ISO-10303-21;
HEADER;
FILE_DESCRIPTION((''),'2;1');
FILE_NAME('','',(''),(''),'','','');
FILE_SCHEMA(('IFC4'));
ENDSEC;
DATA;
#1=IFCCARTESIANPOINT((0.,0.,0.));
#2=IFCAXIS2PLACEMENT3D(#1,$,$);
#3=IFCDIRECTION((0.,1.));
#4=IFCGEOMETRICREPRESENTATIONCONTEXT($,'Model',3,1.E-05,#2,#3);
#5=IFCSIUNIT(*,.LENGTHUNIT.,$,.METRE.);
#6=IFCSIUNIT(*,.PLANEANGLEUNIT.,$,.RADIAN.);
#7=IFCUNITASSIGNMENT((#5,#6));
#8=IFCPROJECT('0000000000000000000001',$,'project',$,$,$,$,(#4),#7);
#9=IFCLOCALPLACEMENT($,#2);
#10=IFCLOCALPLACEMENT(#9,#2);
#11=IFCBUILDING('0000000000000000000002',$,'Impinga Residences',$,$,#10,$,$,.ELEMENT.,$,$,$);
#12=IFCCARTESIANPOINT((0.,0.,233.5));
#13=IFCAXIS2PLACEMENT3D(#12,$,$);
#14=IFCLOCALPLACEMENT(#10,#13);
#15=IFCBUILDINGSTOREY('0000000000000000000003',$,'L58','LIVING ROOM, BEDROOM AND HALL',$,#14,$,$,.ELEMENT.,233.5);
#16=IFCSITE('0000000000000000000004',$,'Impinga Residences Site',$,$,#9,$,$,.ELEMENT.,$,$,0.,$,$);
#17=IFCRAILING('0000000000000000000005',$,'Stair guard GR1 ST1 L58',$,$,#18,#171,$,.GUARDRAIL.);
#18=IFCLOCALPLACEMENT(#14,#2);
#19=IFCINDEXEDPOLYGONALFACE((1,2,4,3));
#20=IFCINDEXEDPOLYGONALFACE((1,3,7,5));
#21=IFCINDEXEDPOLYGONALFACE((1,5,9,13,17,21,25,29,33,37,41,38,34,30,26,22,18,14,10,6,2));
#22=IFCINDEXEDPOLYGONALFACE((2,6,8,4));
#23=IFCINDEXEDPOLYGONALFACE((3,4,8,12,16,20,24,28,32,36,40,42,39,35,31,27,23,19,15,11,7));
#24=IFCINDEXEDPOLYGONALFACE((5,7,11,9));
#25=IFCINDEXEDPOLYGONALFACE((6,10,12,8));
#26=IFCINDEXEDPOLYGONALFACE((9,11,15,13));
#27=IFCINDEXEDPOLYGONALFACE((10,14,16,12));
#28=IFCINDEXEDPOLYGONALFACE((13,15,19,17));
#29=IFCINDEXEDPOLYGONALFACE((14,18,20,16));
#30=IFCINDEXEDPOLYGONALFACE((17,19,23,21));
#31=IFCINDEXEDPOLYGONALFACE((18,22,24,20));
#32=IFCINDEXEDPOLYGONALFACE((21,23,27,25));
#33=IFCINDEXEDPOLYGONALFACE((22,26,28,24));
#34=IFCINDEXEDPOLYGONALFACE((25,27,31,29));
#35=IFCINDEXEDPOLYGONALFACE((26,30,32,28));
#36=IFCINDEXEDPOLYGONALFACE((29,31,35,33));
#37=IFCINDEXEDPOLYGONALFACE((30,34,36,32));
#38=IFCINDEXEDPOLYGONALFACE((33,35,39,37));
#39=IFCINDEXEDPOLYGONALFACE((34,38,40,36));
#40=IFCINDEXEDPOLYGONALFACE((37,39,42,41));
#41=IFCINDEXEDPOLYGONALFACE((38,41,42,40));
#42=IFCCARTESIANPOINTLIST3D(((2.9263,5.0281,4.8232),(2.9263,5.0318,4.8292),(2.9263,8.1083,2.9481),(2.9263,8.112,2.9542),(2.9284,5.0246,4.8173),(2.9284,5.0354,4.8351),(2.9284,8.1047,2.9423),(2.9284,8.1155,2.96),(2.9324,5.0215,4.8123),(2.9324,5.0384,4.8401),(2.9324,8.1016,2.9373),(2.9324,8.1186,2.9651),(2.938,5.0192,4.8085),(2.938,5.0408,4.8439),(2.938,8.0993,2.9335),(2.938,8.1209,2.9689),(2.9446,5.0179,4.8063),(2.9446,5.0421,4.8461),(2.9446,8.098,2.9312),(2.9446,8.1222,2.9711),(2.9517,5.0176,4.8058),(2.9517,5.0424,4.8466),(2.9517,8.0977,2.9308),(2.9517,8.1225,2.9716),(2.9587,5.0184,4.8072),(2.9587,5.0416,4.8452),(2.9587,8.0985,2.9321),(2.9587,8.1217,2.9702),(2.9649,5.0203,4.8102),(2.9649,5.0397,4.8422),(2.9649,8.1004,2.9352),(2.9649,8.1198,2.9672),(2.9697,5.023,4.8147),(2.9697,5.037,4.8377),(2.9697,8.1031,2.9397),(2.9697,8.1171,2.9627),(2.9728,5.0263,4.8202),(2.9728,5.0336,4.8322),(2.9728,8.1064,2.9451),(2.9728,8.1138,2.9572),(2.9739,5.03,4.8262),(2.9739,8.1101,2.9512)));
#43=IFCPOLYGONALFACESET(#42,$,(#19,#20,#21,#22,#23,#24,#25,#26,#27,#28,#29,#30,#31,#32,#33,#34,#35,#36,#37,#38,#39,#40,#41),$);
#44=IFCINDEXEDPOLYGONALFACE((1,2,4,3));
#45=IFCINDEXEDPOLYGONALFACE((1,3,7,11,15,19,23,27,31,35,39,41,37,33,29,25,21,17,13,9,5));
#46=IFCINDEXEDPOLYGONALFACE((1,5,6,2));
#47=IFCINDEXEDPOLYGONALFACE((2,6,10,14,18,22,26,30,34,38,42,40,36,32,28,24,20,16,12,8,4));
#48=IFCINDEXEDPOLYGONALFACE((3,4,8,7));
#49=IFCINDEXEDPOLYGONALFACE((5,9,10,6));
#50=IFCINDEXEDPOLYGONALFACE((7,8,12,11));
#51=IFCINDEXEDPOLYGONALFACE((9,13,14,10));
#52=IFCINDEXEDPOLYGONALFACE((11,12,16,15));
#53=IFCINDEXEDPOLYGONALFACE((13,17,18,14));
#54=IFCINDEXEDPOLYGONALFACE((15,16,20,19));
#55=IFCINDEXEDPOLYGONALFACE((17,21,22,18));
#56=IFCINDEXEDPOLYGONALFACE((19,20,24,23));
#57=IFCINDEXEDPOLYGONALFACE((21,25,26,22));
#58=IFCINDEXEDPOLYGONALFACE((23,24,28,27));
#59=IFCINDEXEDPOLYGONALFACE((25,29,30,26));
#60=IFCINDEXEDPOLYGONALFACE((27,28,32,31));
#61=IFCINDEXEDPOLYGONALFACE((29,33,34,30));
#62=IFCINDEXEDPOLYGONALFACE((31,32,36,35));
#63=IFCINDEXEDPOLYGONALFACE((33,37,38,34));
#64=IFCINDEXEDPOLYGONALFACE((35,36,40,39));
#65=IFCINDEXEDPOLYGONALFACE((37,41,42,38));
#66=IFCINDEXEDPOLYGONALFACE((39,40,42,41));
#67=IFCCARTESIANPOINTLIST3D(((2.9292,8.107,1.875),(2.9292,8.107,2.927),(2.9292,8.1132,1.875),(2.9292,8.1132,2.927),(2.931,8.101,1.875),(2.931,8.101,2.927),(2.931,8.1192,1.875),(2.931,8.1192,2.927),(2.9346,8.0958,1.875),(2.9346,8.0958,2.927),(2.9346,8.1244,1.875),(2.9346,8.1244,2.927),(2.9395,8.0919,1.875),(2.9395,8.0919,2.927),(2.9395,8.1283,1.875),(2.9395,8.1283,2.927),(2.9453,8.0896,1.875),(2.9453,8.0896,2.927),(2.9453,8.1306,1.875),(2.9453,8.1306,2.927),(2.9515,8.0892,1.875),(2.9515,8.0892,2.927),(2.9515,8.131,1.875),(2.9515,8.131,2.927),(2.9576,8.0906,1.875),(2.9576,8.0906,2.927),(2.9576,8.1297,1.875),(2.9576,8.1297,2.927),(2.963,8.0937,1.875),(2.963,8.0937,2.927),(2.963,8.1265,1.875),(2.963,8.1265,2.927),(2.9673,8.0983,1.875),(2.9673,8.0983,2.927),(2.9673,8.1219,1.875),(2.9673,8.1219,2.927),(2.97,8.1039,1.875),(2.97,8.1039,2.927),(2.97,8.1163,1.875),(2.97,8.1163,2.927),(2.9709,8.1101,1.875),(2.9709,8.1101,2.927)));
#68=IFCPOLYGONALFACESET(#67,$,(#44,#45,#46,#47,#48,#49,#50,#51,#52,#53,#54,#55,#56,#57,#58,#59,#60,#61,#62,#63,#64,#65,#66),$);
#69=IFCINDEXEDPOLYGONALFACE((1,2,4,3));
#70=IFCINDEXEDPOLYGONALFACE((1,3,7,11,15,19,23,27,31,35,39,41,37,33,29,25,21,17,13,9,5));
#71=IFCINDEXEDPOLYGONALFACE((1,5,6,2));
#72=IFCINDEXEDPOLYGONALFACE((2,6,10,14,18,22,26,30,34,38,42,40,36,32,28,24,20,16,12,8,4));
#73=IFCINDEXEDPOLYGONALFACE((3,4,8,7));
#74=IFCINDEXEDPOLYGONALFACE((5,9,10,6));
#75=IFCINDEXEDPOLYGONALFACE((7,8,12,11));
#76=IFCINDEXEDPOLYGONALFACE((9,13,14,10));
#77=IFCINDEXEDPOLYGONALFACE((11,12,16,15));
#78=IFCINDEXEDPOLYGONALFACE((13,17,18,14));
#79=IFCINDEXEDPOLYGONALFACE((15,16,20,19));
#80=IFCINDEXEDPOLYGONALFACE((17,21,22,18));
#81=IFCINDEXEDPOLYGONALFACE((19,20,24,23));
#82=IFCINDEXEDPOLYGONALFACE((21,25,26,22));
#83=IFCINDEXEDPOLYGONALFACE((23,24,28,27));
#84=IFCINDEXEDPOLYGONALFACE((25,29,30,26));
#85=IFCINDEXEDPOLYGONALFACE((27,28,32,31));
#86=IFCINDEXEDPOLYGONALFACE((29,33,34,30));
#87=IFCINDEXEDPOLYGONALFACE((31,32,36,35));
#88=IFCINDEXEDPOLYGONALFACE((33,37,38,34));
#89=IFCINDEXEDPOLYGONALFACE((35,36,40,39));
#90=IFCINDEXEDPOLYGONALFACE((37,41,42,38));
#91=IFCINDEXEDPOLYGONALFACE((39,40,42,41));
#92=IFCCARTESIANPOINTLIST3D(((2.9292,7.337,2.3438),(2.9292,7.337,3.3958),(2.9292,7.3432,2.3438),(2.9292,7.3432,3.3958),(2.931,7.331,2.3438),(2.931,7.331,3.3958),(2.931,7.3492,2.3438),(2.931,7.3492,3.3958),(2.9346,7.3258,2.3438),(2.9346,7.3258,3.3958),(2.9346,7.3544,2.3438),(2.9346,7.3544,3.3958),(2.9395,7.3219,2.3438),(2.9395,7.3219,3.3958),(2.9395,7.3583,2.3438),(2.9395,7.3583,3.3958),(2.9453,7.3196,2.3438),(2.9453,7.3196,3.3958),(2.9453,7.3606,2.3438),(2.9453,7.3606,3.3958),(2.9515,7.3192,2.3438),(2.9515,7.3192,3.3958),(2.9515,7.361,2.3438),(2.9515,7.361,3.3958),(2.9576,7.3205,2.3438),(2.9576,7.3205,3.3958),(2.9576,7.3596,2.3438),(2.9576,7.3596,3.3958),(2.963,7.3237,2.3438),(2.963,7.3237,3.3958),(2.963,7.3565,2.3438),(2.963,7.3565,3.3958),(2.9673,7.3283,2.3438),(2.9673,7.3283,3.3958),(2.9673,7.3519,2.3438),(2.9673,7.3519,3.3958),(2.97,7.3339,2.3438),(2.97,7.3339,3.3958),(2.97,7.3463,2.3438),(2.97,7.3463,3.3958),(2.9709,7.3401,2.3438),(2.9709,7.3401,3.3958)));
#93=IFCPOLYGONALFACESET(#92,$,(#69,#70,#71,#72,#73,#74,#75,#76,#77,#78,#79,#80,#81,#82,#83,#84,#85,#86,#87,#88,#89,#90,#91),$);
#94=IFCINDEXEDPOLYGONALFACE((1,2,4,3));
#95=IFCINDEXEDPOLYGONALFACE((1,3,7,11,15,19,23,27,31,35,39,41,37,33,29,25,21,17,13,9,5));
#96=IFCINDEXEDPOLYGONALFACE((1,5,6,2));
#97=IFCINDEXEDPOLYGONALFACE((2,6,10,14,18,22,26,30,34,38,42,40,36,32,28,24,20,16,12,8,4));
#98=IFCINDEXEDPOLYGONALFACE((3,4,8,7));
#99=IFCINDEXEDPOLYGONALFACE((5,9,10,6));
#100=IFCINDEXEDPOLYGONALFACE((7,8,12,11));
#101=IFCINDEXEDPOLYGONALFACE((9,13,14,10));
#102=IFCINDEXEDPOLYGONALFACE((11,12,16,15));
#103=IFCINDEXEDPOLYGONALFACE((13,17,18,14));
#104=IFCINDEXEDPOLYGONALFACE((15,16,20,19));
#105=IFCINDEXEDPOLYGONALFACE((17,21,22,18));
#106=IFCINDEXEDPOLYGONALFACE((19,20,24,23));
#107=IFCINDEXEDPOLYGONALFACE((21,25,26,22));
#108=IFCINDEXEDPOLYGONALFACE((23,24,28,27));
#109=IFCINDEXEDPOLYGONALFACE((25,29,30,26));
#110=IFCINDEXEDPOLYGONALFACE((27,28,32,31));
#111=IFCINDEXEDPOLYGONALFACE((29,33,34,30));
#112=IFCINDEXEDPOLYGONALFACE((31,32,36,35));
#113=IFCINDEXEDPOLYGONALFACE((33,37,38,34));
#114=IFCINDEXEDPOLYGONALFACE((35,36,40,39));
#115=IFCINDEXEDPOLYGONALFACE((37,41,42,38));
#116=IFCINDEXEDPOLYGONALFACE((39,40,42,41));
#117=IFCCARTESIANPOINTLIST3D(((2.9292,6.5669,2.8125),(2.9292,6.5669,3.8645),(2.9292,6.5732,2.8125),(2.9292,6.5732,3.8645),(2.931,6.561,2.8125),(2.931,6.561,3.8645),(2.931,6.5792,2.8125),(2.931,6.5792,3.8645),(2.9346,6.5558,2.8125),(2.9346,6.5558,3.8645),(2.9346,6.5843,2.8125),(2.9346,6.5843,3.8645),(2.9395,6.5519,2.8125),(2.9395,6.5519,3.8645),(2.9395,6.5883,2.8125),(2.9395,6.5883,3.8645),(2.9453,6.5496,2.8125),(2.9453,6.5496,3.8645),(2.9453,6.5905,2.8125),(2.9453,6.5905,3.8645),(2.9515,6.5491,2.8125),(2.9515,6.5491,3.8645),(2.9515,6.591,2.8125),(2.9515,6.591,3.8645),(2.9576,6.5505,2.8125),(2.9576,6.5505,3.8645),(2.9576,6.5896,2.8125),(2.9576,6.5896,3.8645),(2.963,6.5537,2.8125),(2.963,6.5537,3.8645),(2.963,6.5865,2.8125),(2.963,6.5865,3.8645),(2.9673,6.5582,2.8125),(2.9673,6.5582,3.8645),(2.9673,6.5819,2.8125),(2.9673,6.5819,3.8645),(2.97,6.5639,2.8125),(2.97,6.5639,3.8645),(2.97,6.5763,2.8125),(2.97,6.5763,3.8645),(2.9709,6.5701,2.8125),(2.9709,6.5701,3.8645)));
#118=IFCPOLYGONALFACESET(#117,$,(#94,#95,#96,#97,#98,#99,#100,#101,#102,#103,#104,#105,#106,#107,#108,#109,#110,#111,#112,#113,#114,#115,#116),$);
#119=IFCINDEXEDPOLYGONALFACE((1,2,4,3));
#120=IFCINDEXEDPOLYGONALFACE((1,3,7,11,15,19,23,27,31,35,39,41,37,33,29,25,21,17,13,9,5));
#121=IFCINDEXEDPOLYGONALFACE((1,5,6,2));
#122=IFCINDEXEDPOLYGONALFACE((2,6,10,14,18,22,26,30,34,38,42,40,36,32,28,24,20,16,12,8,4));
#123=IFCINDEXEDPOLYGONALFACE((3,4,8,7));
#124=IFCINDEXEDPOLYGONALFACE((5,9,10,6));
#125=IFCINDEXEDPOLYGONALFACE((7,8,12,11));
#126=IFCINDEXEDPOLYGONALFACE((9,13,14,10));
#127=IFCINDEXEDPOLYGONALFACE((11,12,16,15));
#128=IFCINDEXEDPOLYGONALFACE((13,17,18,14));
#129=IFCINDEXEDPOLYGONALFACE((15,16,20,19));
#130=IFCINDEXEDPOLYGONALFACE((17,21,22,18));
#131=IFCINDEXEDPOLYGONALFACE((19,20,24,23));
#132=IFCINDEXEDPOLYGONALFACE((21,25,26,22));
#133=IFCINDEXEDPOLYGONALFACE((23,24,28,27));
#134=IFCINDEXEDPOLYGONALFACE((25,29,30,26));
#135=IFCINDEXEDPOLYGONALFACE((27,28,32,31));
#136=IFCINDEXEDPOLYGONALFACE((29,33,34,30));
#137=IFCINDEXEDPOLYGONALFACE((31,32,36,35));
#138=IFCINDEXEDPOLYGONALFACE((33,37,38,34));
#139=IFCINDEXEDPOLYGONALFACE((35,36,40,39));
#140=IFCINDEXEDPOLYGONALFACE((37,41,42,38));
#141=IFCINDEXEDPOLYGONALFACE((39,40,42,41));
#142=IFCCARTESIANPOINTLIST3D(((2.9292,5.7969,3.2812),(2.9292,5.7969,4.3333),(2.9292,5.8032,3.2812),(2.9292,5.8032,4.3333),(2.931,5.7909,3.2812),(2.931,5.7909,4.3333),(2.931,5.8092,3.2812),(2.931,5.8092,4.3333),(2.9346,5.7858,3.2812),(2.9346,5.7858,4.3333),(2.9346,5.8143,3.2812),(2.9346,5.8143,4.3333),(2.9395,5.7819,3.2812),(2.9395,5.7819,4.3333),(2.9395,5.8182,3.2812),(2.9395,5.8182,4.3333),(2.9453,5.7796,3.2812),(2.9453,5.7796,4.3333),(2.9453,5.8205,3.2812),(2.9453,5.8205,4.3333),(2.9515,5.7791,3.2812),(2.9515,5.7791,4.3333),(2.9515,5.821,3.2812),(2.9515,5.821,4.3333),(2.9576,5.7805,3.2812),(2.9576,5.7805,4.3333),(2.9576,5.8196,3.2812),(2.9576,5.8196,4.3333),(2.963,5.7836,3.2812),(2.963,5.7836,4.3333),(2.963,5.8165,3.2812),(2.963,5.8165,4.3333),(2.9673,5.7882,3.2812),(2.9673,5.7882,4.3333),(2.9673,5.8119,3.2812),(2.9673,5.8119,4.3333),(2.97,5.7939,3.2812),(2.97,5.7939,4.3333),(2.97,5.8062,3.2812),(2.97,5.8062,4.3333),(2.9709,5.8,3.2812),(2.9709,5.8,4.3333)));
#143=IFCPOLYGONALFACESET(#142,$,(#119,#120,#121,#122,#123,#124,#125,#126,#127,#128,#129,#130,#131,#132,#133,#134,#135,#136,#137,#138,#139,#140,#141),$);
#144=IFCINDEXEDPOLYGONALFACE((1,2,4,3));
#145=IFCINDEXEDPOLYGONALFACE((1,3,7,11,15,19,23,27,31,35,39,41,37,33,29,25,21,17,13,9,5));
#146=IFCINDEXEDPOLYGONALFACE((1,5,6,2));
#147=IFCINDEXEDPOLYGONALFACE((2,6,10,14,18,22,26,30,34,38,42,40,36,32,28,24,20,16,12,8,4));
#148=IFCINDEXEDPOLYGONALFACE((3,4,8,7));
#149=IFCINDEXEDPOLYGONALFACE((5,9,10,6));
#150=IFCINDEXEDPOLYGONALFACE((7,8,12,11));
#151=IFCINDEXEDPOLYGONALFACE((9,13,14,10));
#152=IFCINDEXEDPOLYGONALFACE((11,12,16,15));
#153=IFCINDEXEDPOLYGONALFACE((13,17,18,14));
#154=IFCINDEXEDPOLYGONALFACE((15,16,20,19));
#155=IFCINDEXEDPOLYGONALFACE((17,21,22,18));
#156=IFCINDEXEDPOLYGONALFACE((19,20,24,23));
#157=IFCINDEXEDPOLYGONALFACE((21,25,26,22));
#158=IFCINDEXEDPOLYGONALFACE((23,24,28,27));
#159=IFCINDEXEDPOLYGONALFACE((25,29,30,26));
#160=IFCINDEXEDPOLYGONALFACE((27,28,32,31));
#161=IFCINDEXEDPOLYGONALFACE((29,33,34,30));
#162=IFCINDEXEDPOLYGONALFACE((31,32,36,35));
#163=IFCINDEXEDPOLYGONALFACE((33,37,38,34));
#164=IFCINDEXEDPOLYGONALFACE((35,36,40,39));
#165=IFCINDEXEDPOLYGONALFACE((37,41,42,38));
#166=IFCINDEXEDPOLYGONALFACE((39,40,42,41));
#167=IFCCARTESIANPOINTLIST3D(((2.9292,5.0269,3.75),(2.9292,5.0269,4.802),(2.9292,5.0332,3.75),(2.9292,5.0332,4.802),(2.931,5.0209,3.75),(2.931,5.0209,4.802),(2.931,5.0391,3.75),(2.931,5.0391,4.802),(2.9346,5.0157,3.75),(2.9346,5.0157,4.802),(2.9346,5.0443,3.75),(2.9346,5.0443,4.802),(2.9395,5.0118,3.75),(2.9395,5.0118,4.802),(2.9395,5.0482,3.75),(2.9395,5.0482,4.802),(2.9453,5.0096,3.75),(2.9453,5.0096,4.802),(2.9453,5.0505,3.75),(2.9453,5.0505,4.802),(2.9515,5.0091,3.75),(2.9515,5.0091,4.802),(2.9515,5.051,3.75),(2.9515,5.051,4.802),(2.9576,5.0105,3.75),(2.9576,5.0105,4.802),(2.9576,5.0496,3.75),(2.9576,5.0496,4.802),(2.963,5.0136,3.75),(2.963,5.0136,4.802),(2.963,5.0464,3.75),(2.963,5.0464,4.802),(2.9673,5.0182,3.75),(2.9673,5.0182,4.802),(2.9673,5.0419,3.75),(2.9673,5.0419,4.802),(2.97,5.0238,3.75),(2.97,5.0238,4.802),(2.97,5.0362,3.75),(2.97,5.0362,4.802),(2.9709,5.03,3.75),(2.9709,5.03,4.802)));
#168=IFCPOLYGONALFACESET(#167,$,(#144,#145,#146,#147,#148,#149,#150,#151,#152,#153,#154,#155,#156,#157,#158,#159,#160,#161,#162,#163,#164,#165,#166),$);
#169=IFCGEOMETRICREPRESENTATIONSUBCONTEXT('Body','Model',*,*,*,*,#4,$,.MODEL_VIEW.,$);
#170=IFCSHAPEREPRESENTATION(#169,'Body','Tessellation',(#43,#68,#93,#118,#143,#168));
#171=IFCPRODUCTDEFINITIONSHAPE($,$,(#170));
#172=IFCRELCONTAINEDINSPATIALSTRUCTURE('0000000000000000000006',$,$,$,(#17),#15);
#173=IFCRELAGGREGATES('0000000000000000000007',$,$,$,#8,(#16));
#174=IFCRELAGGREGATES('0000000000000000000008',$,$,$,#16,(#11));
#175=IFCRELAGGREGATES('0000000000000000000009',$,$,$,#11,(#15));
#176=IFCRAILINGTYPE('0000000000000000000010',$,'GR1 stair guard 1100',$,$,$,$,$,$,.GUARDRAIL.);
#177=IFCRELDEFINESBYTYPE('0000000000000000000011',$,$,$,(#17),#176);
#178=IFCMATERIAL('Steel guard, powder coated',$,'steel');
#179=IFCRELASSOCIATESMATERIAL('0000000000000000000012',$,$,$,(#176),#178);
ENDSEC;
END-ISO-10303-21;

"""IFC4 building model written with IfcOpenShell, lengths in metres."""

from ifc_helpers import new_model, si_unit, direction, frame, origin, origin_2d, place, context, subcontext, project, spatial, circle, extrude, material, type_object, element, save


model = new_model("IFC4")

# Units and contexts
model_context = context("Model", 3, precision=1e-05, world=origin(), true_north=direction((0.0, 1.0)))
body_context = subcontext(model_context, "Body", "Model", "MODEL_VIEW")
ifc_project = project(units=[si_unit("LENGTHUNIT", "METRE"), si_unit("PLANEANGLEUNIT", "RADIAN")], contexts=[model_context])

# Site, building, storey
site_placement = place(None, origin())
site = spatial("IfcSite", under=ifc_project, at=site_placement, Name="Impinga Residences Site", CompositionType="ELEMENT", RefElevation=0.0)
building_placement = place(site_placement, origin())
building = spatial("IfcBuilding", under=site, at=building_placement, Name="Impinga Residences", CompositionType="ELEMENT")
storey_placement = place(building_placement, frame((0.0, 0.0, 233.5)))
storey = spatial("IfcBuildingStorey", under=building, at=storey_placement, Name="L58", Description="LIVING ROOM, BEDROOM AND HALL", CompositionType="ELEMENT", Elevation=233.5)

# Railing
ifc_material_1 = material(Name="Steel guard, powder coated", Category="steel")
railing_type_1 = type_object("IfcRailingType", Name="GR1 stair guard 1100", PredefinedType="GUARDRAIL", material=ifc_material_1)
railing_1_placement = place(storey_placement, frame((2.95, 8.1101, 1.875)))
element("IfcRailing", 1, at=railing_1_placement, inside=storey, type_object=railing_type_1, Name="Stair guard GR1 ST1 L58", PredefinedType="GUARDRAIL", context=body_context, shape_type="SweptSolid", body=[
    extrude(circle(Radius=0.0239, at=origin_2d()), frame((0.0, 0.0, 1.0762), z_axis=(0.0, -0.854178, 0.519981), x_axis=(1.0, 0.0, 0.0)), (0.0, 0.0, 1.0), 3.606),
    extrude(circle(Radius=0.021, at=origin_2d()), origin(), (0.0, 0.0, 1.0), 1.052),
    extrude(circle(Radius=0.021, at=origin_2d()), frame((0.0, -0.77, 0.4688)), (0.0, 0.0, 1.0), 1.052),
    extrude(circle(Radius=0.021, at=origin_2d()), frame((0.0, -1.54, 0.9375)), (0.0, 0.0, 1.0), 1.052),
    extrude(circle(Radius=0.021, at=origin_2d()), frame((0.0, -2.3101, 1.4062)), (0.0, 0.0, 1.0), 1.052),
    extrude(circle(Radius=0.021, at=origin_2d()), frame((0.0, -3.0801, 1.875)), (0.0, 0.0, 1.0), 1.052),
])

save(model, "model.ifc")
